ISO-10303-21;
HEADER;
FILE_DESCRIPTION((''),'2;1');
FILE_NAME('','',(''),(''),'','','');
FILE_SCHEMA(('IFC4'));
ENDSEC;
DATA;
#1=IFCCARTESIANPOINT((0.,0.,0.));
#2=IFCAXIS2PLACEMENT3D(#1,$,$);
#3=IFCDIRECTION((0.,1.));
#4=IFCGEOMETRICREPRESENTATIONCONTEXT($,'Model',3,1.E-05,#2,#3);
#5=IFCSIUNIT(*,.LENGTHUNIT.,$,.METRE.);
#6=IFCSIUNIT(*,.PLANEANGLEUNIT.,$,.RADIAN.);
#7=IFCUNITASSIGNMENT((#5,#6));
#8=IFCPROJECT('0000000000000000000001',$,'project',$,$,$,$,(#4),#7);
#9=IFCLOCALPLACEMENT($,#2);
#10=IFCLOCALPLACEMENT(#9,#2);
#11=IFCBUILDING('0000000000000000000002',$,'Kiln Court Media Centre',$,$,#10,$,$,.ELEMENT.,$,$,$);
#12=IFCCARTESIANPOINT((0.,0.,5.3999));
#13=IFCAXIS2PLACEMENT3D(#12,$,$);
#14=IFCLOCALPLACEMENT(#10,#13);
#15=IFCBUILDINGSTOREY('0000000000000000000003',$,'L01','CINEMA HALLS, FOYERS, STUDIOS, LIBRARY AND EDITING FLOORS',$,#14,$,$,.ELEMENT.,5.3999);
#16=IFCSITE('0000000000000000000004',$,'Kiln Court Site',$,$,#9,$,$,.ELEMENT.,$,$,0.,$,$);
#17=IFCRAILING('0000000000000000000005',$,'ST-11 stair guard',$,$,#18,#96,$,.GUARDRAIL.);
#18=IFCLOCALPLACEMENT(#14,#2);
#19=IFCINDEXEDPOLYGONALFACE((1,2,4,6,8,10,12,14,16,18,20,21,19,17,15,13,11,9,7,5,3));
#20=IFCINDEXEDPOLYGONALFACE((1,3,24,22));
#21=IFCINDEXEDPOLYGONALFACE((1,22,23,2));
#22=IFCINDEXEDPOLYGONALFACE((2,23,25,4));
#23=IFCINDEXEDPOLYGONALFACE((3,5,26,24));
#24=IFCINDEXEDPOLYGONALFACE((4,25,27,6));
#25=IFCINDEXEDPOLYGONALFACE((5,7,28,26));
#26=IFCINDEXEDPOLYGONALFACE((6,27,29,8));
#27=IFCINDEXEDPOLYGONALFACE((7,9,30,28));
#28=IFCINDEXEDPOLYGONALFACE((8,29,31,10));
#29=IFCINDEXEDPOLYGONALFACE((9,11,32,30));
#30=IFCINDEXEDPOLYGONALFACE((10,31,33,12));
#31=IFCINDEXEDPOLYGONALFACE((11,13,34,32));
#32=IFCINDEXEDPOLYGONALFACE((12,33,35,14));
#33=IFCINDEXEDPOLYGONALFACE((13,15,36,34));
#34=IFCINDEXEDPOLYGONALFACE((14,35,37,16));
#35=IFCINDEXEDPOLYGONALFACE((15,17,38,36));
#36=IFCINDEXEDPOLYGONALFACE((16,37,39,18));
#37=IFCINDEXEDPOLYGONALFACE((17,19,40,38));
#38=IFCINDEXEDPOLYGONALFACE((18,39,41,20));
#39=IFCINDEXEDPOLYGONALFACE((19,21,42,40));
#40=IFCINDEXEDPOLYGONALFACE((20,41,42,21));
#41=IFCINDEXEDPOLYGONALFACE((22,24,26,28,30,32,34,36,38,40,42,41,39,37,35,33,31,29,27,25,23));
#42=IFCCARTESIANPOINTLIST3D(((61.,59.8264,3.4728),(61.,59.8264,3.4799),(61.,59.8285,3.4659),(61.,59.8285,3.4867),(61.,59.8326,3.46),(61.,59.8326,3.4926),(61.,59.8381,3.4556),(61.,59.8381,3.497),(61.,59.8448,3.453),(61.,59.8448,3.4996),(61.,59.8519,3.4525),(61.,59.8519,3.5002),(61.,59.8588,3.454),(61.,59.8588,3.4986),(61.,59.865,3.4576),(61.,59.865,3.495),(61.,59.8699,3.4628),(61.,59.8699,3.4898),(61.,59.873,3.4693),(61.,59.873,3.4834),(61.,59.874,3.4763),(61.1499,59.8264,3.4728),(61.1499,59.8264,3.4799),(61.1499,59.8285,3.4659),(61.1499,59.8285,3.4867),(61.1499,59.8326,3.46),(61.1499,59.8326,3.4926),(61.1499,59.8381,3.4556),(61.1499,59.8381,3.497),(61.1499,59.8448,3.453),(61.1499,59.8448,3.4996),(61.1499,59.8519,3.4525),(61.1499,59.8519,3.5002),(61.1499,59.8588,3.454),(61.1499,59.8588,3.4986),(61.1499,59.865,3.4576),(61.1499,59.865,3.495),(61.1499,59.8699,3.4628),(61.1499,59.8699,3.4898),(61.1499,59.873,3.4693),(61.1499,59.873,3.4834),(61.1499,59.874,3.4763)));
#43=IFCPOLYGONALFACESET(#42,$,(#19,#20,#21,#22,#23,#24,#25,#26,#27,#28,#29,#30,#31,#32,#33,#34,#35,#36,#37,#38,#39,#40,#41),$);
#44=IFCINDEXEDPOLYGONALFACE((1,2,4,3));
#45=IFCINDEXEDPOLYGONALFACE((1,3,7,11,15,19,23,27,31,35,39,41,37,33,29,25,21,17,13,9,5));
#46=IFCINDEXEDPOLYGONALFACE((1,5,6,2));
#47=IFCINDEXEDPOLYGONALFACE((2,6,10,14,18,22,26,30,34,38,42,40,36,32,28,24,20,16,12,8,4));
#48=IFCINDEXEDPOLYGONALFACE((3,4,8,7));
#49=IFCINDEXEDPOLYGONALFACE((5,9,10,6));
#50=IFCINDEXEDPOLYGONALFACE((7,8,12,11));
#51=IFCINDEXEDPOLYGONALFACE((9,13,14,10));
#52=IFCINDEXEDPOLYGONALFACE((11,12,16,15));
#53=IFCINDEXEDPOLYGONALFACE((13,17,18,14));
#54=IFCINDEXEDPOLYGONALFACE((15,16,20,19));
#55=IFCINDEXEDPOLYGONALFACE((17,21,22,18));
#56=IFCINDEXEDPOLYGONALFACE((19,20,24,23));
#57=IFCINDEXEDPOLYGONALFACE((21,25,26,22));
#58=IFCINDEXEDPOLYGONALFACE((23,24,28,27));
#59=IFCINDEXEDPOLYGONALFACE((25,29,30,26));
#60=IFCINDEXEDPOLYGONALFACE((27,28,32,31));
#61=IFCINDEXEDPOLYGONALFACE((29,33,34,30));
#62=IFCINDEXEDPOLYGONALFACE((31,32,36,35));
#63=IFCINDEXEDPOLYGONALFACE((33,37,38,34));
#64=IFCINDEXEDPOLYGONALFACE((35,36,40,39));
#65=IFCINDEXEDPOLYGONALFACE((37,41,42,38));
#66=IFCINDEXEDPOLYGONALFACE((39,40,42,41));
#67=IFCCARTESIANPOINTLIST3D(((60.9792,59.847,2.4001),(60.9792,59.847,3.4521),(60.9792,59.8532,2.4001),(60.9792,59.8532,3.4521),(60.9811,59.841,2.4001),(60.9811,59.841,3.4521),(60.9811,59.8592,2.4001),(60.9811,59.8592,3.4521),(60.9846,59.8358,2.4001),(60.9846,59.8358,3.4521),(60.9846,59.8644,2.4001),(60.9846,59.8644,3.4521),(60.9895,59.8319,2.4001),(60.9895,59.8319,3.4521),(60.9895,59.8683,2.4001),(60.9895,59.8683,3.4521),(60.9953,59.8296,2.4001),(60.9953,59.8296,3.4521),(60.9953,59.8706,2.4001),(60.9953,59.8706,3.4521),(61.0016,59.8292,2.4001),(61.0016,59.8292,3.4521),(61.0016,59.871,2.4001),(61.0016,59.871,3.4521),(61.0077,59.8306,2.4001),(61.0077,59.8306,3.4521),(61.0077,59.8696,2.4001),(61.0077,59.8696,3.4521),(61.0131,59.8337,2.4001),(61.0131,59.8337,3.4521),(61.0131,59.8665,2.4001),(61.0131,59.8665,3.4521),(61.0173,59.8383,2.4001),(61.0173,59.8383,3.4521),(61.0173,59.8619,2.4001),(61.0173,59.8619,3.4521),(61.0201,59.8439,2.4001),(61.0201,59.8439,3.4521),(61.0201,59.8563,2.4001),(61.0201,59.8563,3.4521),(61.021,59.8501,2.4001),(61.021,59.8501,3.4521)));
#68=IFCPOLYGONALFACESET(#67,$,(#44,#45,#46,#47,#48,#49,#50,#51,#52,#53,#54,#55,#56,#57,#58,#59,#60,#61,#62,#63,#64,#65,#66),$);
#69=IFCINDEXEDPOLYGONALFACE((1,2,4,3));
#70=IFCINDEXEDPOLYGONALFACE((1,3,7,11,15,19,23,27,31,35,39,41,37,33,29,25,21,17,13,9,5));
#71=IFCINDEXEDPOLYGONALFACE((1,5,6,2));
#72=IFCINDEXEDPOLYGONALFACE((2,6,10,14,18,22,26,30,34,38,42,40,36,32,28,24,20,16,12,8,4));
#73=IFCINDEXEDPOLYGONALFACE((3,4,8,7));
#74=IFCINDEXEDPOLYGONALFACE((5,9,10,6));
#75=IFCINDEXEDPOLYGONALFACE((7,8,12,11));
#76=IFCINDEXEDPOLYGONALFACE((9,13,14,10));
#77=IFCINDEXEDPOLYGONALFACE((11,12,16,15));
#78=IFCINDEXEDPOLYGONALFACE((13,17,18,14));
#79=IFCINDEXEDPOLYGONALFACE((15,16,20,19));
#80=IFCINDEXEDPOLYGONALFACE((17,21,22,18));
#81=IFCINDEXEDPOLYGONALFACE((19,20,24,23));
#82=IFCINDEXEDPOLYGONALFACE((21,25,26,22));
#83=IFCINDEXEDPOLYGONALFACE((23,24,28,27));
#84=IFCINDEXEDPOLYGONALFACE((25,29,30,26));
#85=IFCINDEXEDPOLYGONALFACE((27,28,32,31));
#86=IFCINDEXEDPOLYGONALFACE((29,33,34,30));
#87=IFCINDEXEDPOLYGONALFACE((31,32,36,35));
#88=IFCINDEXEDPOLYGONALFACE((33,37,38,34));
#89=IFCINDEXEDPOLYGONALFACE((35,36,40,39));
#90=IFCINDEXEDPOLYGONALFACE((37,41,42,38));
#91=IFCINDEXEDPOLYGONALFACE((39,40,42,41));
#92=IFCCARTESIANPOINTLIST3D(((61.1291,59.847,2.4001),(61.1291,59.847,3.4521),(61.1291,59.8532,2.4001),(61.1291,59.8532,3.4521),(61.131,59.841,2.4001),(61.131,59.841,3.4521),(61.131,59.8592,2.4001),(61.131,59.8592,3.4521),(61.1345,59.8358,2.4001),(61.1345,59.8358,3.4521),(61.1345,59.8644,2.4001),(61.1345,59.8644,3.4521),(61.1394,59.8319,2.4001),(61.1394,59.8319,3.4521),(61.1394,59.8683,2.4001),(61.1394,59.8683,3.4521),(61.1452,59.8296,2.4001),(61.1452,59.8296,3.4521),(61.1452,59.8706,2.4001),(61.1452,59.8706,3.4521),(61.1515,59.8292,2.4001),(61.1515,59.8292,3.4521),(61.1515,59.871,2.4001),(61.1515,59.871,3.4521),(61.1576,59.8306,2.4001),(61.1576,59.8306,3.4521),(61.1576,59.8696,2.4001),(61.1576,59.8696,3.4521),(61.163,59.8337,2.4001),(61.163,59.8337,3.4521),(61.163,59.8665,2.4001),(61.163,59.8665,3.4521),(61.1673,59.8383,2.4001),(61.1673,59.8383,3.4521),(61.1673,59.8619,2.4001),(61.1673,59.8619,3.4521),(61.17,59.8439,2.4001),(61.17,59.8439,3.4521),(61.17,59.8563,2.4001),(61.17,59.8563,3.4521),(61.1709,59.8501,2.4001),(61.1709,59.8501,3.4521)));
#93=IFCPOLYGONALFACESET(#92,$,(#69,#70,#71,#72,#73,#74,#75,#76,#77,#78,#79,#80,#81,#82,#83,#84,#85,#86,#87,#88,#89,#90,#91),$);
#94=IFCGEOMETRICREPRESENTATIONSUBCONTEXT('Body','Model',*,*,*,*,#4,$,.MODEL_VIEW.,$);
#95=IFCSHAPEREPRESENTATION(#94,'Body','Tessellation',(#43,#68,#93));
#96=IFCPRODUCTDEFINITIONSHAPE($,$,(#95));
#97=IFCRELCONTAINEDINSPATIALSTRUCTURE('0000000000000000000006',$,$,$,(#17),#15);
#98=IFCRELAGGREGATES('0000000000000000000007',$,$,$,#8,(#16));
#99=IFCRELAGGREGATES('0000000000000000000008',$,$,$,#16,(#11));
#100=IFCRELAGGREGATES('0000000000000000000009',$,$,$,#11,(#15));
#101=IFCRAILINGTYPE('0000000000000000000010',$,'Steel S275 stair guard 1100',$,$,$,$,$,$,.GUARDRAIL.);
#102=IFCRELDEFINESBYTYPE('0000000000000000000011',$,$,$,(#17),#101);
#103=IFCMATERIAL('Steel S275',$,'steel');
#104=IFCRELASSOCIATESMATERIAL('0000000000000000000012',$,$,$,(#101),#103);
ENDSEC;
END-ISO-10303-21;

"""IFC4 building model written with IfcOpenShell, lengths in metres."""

from ifc_helpers import new_model, si_unit, direction, frame, origin, origin_2d, place, context, subcontext, project, spatial, circle, extrude, material, type_object, element, save


model = new_model("IFC4")

# Units and contexts
model_context = context("Model", 3, precision=1e-05, world=origin(), true_north=direction((0.0, 1.0)))
body_context = subcontext(model_context, "Body", "Model", "MODEL_VIEW")
ifc_project = project(units=[si_unit("LENGTHUNIT", "METRE"), si_unit("PLANEANGLEUNIT", "RADIAN")], contexts=[model_context])

# Site, building, storey
site_placement = place(None, origin())
site = spatial("IfcSite", under=ifc_project, at=site_placement, Name="Kiln Court Site", CompositionType="ELEMENT", RefElevation=0.0)
building_placement = place(site_placement, origin())
building = spatial("IfcBuilding", under=site, at=building_placement, Name="Kiln Court Media Centre", CompositionType="ELEMENT")
storey_placement = place(building_placement, frame((0.0, 0.0, 5.3999)))
storey = spatial("IfcBuildingStorey", under=building, at=storey_placement, Name="L01", Description="CINEMA HALLS, FOYERS, STUDIOS, LIBRARY AND EDITING FLOORS", CompositionType="ELEMENT", Elevation=5.3999)

# Railing
ifc_material_1 = material(Name="Steel S275", Category="steel")
railing_type_1 = type_object("IfcRailingType", Name="Steel S275 stair guard 1100", PredefinedType="GUARDRAIL", material=ifc_material_1)
railing_1_placement = place(storey_placement, frame((61.0, 59.8501, 2.4001)))
element("IfcRailing", 1, at=railing_1_placement, inside=storey, type_object=railing_type_1, Name="ST-11 stair guard", PredefinedType="GUARDRAIL", context=body_context, shape_type="SweptSolid", body=[
    extrude(circle(Radius=0.0239, at=origin_2d()), frame((0.0, 0.0, 1.0762), z_axis=(1.0, 0.0, 0.0), x_axis=(0.0, 1.0, 0.0)), (0.0, 0.0, 1.0), 0.1499),
    extrude(circle(Radius=0.021, at=origin_2d()), origin(), (0.0, 0.0, 1.0), 1.052),
    extrude(circle(Radius=0.021, at=origin_2d()), frame((0.1499, 0.0, 0.0)), (0.0, 0.0, 1.0), 1.052),
])

save(model, "model.ifc")
